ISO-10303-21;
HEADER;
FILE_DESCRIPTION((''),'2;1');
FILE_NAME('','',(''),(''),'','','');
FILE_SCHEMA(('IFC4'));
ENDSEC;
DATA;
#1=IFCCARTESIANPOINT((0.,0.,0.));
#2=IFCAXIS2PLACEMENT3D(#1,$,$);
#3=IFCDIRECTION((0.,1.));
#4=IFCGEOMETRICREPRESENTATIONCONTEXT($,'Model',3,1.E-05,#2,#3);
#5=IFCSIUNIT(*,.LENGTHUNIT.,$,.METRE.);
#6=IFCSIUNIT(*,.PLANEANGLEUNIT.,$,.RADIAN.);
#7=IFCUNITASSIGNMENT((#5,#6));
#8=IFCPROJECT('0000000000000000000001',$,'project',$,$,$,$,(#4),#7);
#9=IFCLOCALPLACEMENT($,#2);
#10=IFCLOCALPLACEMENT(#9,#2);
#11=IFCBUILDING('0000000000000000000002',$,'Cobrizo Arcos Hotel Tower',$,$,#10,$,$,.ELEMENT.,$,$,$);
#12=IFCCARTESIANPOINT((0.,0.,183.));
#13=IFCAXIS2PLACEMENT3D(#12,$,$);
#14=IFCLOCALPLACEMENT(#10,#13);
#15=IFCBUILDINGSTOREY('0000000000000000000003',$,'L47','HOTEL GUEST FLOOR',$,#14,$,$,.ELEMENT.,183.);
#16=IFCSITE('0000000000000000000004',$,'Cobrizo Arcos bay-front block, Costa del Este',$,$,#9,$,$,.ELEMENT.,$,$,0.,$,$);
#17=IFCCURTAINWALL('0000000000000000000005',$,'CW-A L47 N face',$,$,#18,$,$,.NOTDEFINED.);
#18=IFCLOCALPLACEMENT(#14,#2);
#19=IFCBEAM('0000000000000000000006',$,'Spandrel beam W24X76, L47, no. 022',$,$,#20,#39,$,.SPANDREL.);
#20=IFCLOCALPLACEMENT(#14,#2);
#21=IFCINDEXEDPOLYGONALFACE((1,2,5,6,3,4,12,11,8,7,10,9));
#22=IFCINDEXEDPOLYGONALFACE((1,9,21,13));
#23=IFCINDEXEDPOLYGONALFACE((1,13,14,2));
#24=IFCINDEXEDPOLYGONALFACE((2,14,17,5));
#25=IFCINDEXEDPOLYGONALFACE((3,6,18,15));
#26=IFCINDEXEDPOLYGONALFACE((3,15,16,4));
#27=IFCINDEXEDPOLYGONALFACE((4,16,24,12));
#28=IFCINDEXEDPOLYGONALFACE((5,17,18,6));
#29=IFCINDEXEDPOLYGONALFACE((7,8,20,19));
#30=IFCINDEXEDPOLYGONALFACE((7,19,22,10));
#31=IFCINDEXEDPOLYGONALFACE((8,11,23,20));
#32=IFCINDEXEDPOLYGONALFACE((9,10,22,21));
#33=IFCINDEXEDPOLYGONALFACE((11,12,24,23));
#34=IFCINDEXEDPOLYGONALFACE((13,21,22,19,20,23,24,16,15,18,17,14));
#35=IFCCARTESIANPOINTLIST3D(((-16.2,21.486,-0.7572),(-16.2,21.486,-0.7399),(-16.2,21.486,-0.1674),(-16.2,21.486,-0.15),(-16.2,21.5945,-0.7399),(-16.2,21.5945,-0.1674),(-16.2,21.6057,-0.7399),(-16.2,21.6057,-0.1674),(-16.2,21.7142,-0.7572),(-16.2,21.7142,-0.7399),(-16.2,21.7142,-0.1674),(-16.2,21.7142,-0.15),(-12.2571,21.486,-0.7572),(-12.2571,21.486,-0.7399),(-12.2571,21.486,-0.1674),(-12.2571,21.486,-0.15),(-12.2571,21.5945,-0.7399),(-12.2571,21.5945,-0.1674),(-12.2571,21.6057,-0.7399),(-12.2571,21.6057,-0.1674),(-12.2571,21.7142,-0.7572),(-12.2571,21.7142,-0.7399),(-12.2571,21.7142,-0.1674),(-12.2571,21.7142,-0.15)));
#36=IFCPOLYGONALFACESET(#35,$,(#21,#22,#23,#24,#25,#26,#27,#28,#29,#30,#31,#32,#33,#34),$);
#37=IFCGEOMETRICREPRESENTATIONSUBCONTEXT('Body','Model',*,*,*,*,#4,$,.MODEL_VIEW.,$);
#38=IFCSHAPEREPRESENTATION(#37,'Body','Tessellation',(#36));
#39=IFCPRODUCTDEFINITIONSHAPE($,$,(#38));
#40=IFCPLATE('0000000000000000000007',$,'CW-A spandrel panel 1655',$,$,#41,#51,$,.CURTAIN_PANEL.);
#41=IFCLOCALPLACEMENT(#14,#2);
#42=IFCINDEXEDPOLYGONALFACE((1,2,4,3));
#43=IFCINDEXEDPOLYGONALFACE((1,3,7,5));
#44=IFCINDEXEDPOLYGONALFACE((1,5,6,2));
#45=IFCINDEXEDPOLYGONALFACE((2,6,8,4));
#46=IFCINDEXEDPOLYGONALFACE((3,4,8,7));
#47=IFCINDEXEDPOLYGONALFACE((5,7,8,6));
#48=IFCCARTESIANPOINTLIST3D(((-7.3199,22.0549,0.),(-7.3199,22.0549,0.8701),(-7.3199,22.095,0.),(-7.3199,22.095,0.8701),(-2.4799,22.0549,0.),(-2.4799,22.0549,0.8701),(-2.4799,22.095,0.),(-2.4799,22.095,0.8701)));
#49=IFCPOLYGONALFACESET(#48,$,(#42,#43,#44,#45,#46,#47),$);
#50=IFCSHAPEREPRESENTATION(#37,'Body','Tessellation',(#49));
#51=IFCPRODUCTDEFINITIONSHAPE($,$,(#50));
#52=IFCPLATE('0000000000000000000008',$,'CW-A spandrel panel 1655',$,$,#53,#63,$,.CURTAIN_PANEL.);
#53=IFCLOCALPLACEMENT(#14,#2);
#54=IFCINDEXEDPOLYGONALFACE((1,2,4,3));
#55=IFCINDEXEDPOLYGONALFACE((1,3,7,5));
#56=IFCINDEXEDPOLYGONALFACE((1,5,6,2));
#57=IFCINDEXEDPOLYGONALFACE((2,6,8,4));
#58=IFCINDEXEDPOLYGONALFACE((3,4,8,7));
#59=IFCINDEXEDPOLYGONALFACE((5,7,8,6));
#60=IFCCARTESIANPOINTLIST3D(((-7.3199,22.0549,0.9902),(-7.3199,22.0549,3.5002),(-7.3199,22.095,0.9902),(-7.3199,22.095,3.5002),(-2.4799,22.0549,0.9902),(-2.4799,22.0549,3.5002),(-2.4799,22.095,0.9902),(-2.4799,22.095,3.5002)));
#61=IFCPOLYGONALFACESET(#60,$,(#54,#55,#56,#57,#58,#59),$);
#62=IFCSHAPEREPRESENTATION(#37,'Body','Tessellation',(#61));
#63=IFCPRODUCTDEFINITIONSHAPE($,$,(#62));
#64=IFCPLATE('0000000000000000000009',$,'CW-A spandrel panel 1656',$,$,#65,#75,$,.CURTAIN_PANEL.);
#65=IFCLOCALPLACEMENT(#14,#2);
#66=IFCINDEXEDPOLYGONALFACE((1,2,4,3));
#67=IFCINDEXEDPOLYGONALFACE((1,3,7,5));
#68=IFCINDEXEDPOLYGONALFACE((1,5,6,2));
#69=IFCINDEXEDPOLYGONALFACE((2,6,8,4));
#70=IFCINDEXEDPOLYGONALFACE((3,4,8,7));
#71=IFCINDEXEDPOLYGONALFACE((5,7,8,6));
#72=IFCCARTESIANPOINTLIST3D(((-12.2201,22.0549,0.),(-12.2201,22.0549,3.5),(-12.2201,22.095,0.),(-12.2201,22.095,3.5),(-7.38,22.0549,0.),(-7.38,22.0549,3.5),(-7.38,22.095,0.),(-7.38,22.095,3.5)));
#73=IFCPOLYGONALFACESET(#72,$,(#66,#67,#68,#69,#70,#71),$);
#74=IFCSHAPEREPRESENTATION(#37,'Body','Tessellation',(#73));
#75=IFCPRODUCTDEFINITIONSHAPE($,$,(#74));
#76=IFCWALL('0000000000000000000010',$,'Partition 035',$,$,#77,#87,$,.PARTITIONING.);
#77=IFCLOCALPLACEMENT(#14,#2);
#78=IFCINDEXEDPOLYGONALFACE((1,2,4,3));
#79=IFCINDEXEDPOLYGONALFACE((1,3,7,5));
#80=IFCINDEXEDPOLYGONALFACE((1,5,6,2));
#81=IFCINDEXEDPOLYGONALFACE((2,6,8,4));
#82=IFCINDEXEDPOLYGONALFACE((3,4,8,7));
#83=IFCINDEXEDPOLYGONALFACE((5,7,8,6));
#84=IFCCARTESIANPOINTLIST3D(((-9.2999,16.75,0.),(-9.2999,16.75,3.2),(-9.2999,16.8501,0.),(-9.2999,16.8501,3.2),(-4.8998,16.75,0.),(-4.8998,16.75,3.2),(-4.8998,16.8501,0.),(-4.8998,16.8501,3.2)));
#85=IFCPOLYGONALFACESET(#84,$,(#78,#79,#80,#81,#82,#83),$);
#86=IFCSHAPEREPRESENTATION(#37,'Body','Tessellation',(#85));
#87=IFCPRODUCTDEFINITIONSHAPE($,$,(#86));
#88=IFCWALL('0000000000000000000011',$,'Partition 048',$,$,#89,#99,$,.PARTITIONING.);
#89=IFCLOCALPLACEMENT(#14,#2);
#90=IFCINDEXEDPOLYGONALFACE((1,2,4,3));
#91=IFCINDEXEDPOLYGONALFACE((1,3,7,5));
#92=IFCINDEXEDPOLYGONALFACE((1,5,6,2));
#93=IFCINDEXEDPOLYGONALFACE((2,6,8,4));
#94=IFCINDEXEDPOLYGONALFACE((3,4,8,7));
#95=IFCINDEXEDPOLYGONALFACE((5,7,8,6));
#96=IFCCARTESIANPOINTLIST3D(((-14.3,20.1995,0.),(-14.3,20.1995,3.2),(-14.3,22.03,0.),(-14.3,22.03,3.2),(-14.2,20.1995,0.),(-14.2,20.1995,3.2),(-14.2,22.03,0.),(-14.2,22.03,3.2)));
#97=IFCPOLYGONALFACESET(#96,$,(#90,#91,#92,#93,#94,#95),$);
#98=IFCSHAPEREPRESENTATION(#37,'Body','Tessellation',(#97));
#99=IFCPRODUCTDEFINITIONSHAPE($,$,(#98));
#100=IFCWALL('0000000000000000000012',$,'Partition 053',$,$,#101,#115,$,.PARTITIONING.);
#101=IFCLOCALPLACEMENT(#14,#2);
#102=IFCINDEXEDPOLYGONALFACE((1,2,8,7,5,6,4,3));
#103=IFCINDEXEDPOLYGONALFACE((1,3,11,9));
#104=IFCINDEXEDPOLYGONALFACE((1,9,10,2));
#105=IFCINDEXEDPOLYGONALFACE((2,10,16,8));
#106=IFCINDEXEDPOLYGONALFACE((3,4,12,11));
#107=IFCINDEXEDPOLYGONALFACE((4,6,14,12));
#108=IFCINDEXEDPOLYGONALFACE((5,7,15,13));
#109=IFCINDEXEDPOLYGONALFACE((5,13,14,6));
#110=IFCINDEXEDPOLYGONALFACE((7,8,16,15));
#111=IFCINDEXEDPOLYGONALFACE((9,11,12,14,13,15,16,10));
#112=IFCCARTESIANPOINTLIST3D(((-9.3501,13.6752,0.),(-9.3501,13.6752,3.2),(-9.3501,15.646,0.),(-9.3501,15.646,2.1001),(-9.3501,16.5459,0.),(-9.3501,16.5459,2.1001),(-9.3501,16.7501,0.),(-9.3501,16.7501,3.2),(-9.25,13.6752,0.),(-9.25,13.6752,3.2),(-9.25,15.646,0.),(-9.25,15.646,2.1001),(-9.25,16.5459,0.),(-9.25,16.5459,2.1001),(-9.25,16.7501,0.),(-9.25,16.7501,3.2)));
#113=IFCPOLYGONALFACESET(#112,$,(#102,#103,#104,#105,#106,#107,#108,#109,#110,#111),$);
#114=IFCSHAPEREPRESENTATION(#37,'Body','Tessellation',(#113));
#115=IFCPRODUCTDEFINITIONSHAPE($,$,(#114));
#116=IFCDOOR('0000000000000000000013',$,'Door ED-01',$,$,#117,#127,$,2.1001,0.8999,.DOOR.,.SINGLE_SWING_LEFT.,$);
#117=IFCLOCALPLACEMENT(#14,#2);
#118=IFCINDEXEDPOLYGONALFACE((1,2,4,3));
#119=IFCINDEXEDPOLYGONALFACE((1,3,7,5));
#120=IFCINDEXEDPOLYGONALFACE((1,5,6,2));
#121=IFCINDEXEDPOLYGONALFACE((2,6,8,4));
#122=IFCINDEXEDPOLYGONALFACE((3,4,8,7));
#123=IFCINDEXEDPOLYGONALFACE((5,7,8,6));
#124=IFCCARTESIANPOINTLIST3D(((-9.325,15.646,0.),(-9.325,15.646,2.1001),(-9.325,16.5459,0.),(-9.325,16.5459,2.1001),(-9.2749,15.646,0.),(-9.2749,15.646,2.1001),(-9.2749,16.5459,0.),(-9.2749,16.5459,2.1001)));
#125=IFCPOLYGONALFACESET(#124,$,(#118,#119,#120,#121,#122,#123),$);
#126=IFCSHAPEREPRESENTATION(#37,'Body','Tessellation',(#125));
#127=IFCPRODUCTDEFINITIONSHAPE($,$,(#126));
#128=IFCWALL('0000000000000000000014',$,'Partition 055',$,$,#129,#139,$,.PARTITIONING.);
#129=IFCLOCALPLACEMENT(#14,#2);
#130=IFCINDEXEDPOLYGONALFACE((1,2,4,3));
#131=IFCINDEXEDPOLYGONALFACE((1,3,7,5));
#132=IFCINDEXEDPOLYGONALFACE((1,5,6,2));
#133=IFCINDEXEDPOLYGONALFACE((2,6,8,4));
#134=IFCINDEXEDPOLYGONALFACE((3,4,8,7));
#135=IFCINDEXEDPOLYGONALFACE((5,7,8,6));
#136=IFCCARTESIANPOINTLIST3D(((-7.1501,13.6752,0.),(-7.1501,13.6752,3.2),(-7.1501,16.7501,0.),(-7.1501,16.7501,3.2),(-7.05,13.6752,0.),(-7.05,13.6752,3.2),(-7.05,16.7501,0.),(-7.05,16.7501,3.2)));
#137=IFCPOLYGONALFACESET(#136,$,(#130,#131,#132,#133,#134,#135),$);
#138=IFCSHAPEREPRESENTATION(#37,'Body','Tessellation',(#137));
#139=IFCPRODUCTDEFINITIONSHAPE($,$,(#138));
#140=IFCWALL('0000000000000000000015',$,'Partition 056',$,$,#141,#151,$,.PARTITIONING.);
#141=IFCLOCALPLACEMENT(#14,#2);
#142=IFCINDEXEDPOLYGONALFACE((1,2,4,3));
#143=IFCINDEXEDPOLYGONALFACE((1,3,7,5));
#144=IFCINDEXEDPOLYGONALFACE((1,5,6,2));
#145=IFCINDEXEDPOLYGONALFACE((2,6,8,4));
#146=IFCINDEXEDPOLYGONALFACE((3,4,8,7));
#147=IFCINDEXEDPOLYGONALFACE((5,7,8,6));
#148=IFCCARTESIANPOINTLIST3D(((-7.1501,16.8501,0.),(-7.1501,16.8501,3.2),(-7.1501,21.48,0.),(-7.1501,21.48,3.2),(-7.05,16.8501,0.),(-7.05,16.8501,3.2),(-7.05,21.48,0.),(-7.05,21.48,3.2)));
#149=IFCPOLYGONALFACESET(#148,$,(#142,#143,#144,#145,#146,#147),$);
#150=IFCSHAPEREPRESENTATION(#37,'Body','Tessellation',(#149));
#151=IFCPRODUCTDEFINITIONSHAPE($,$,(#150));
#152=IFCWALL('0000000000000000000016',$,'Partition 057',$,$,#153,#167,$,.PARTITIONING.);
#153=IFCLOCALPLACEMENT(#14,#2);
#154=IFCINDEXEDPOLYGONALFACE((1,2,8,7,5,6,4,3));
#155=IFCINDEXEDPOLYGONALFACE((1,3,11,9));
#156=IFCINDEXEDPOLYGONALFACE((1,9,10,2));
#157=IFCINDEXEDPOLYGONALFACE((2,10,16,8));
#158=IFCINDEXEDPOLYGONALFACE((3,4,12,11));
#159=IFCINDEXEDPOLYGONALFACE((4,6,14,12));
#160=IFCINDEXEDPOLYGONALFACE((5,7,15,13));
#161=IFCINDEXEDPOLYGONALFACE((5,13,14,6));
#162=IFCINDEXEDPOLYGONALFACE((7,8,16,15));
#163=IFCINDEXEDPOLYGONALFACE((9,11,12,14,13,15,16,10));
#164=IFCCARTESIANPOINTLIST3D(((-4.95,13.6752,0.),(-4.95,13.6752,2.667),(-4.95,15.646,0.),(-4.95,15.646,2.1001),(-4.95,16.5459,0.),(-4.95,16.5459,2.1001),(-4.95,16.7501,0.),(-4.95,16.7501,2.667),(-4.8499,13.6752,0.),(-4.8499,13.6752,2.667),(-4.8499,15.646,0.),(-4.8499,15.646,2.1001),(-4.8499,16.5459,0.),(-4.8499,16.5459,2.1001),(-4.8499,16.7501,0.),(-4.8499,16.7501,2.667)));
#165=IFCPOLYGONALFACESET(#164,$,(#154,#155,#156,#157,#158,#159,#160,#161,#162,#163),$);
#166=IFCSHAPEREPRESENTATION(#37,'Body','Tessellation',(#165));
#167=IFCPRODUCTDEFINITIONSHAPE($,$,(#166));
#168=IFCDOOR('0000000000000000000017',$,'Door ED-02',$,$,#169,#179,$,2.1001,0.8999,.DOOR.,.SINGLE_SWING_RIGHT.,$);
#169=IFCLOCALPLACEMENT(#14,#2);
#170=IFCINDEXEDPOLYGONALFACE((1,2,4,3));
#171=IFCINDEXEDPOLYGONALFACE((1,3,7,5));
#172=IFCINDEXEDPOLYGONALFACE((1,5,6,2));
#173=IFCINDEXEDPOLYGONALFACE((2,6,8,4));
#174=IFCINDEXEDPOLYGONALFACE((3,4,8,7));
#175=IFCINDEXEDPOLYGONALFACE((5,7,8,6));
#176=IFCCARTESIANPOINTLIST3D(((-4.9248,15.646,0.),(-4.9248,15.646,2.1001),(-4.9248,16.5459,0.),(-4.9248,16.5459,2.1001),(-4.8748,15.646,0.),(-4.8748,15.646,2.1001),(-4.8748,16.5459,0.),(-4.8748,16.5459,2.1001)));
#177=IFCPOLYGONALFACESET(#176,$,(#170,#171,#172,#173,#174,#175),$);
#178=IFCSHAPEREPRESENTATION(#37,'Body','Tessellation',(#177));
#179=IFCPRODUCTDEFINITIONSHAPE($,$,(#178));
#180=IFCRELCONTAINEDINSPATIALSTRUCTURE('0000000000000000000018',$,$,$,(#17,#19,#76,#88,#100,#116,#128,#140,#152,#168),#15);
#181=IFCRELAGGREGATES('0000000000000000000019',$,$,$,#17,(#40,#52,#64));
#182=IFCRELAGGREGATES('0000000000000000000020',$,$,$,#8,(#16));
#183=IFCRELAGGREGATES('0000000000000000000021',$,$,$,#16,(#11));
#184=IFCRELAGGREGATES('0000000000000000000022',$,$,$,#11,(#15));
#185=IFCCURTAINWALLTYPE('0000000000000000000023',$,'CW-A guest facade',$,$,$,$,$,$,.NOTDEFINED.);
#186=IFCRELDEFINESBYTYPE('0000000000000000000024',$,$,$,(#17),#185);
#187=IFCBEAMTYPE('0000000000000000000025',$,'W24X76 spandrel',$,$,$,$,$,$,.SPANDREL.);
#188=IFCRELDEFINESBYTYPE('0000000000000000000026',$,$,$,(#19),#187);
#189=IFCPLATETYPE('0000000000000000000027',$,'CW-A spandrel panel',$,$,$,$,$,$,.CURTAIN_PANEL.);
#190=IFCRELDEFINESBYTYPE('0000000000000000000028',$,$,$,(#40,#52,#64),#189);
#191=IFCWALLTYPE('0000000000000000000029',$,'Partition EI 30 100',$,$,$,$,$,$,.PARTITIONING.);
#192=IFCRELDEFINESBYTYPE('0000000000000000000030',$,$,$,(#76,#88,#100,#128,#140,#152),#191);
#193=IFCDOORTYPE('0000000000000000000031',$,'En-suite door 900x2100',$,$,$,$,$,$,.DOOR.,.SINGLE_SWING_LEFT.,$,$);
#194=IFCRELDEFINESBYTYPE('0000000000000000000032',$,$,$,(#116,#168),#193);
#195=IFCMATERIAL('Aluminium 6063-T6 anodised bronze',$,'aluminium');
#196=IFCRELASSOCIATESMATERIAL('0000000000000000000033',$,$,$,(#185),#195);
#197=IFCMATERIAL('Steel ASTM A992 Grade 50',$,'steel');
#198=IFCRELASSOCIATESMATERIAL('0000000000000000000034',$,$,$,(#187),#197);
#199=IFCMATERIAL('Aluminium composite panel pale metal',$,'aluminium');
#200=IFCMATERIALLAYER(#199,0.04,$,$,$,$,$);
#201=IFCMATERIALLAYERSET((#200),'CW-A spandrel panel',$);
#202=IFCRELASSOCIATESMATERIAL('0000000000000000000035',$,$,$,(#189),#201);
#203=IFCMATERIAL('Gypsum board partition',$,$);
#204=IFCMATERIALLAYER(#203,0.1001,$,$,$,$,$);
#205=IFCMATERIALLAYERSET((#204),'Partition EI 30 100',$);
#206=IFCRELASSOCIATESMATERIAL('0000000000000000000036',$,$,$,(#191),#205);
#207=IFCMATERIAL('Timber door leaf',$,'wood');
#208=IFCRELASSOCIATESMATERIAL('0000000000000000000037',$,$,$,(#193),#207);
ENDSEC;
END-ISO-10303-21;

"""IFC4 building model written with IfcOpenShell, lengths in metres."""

from ifc_helpers import new_model, si_unit, direction, frame, frame_2d, origin, origin_2d, place, context, subcontext, project, spatial, rectangle, i_section, extrude, material, layer, layer_set, material_profile, profile_set, type_object, element, fill, aggregate, save


model = new_model("IFC4")

# Units and contexts
model_context = context("Model", 3, precision=1e-05, world=origin(), true_north=direction((0.0, 1.0)))
body_context = subcontext(model_context, "Body", "Model", "MODEL_VIEW")
ifc_project = project(units=[si_unit("LENGTHUNIT", "METRE"), si_unit("PLANEANGLEUNIT", "RADIAN")], contexts=[model_context])

# Site, building, storey
site_placement = place(None, origin())
site = spatial("IfcSite", under=ifc_project, at=site_placement, Name="Cobrizo Arcos bay-front block, Costa del Este", CompositionType="ELEMENT", RefElevation=0.0)
building_placement = place(site_placement, origin())
building = spatial("IfcBuilding", under=site, at=building_placement, Name="Cobrizo Arcos Hotel Tower", CompositionType="ELEMENT")
storey_placement = place(building_placement, frame((0.0, 0.0, 183.0)))
storey = spatial("IfcBuildingStorey", under=building, at=storey_placement, Name="L47", Description="HOTEL GUEST FLOOR", CompositionType="ELEMENT", Elevation=183.0)

# Curtain wall
ifc_material_1 = material(Name="Aluminium 6063-T6 anodised bronze", Category="aluminium")
curtain_wall_type = type_object("IfcCurtainWallType", Name="CW-A guest facade", PredefinedType="NOTDEFINED", material=ifc_material_1)
curtain_wall_placement = place(storey_placement, origin())
curtain_wall = element("IfcCurtainWall", 1, at=curtain_wall_placement, inside=storey, type_object=curtain_wall_type, Name="CW-A L47 N face", PredefinedType="NOTDEFINED")

# Beam
ifc_material_2 = material(Name="Steel ASTM A992 Grade 50", Category="steel")
ifc_material_profile_1 = material_profile(ifc_material_2, i_section(OverallWidth=0.2283, OverallDepth=0.6072, WebThickness=0.0112, FlangeThickness=0.0173, at=origin_2d()), Name="W24X76")
ifc_profile_set_1 = profile_set([ifc_material_profile_1], Name="Steel ASTM A992 Grade 50")
beam_type_1 = type_object("IfcBeamType", Name="W24X76 spandrel", PredefinedType="SPANDREL", material=ifc_profile_set_1)
beam_1_placement = place(storey_placement, frame((-12.2571, 21.6001, -0.4536), z_axis=(-1.0, 0.0, 0.0), x_axis=(0.0, -1.0, 0.0)))
element("IfcBeam", 2, at=beam_1_placement, inside=storey, type_object=beam_type_1, Name="Spandrel beam W24X76, L47, no. 022", PredefinedType="SPANDREL", context=body_context, shape_type="SweptSolid", body=[
    extrude(i_section(OverallWidth=0.2283, OverallDepth=0.6072, WebThickness=0.0112, FlangeThickness=0.0173, at=origin_2d()), origin(), (0.0, 0.0, 1.0), 3.9429),
])

# Plates
ifc_material_3 = material(Name="Aluminium composite panel pale metal", Category="aluminium")
ifc_layer_1 = layer(ifc_material_3, 0.04)
ifc_layer_set_1 = layer_set([ifc_layer_1], Name="CW-A spandrel panel")
plate_type = type_object("IfcPlateType", Name="CW-A spandrel panel", PredefinedType="CURTAIN_PANEL", material=ifc_layer_set_1)
plate_1_placement = place(storey_placement, frame((-4.8999, 22.075, 0.0), z_axis=(0.0, 0.0, 1.0), x_axis=(-1.0, 0.0, 0.0)))
plate_1 = element("IfcPlate", 3, at=plate_1_placement, type_object=plate_type, Name="CW-A spandrel panel 1655", PredefinedType="CURTAIN_PANEL", context=body_context, shape_type="SweptSolid", body=[
    extrude(rectangle(XDim=4.8401, YDim=0.04, at=origin_2d()), origin(), (0.0, 0.0, 1.0), 0.8701),
])
plate_2_placement = place(storey_placement, frame((-4.8999, 22.075, 0.9902), z_axis=(0.0, 0.0, 1.0), x_axis=(-1.0, 0.0, 0.0)))
plate_2 = element("IfcPlate", 4, at=plate_2_placement, type_object=plate_type, Name="CW-A spandrel panel 1655", PredefinedType="CURTAIN_PANEL", context=body_context, shape_type="SweptSolid", body=[
    extrude(rectangle(XDim=4.8401, YDim=0.04, at=origin_2d()), origin(), (0.0, 0.0, 1.0), 2.51),
])
plate_3_placement = place(storey_placement, frame((-9.8, 22.075, 0.0), z_axis=(0.0, 0.0, 1.0), x_axis=(-1.0, 0.0, 0.0)))
plate_3 = element("IfcPlate", 5, at=plate_3_placement, type_object=plate_type, Name="CW-A spandrel panel 1656", PredefinedType="CURTAIN_PANEL", context=body_context, shape_type="SweptSolid", body=[
    extrude(rectangle(XDim=4.8401, YDim=0.04, at=origin_2d()), origin(), (0.0, 0.0, 1.0), 3.5),
])
aggregate(curtain_wall, [plate_1, plate_2, plate_3])

# Walls
ifc_material_4 = material(Name="Gypsum board partition")
ifc_layer_2 = layer(ifc_material_4, 0.1001)
ifc_layer_set_2 = layer_set([ifc_layer_2], Name="Partition EI 30 100")
wall_type = type_object("IfcWallType", Name="Partition EI 30 100", PredefinedType="PARTITIONING", material=ifc_layer_set_2)
wall_1_placement = place(storey_placement, frame((-9.3, 16.8, 0.0), z_axis=(0.0, 0.0, 1.0), x_axis=(1.0, 0.0, 0.0)))
element("IfcWall", 6, at=wall_1_placement, inside=storey, type_object=wall_type, Name="Partition 035", PredefinedType="PARTITIONING", context=body_context, shape_type="SweptSolid", body=[
    extrude(rectangle(XDim=4.4001, YDim=0.1001, at=frame_2d((2.2002, 0.0))), origin(), (0.0, 0.0, 1.0), 3.2),
])
wall_2_placement = place(storey_placement, frame((-14.25, 20.1995, 0.0), z_axis=(0.0, 0.0, 1.0), x_axis=(0.0, 1.0, 0.0)))
element("IfcWall", 7, at=wall_2_placement, inside=storey, type_object=wall_type, Name="Partition 048", PredefinedType="PARTITIONING", context=body_context, shape_type="SweptSolid", body=[
    extrude(rectangle(XDim=1.8306, YDim=0.1001, at=frame_2d((0.9153, 0.0))), origin(), (0.0, 0.0, 1.0), 3.2),
])

# Wall, opening, door
wall_3_placement = place(storey_placement, frame((-9.3, 13.675, 0.0), z_axis=(0.0, 0.0, 1.0), x_axis=(0.0, 1.0, 0.0)))
wall_3 = element("IfcWall", 8, at=wall_3_placement, inside=storey, type_object=wall_type, Name="Partition 053", PredefinedType="PARTITIONING", context=body_context, shape_type="SweptSolid", body=[
    extrude(rectangle(XDim=3.075, YDim=0.1001, at=frame_2d((1.5376, 0.0))), origin(), (0.0, 0.0, 1.0), 3.2),
])
opening_1_placement = place(wall_3_placement, frame((1.9709, 0.0, 0.0)))
opening_1 = element("IfcOpeningElement", 9, at=opening_1_placement, cuts=wall_3, PredefinedType="OPENING", context=body_context, shape_type="SweptSolid", body=[
    extrude(rectangle(XDim=0.8999, YDim=2.1001, at=frame_2d((0.45, 1.05))), frame((0.0, 0.062, 0.0), z_axis=(0.0, -1.0, 0.0), x_axis=(1.0, 0.0, 0.0)), (0.0, 0.0, 1.0), 0.124),
])
ifc_material_5 = material(Name="Timber door leaf", Category="wood")
door_type = type_object("IfcDoorType", Name="En-suite door 900x2100", OperationType="SINGLE_SWING_LEFT", PredefinedType="DOOR", material=ifc_material_5)
door_1_placement = place(opening_1_placement, origin())
door_1 = element("IfcDoor", 10, at=door_1_placement, inside=storey, type_object=door_type, Name="Door ED-01", OperationType="SINGLE_SWING_LEFT", OverallHeight=2.1001, OverallWidth=0.8999, PredefinedType="DOOR", context=body_context, shape_type="SweptSolid", body=[
    extrude(rectangle(XDim=0.8999, YDim=2.1001, at=frame_2d((0.45, 1.05))), frame((0.0, 0.0249, 0.0), z_axis=(0.0, -1.0, 0.0), x_axis=(1.0, 0.0, 0.0)), (0.0, 0.0, 1.0), 0.05),
])
fill(opening_1, door_1)

# Walls
wall_4_placement = place(storey_placement, frame((-7.1001, 13.675, 0.0), z_axis=(0.0, 0.0, 1.0), x_axis=(0.0, 1.0, 0.0)))
element("IfcWall", 11, at=wall_4_placement, inside=storey, type_object=wall_type, Name="Partition 055", PredefinedType="PARTITIONING", context=body_context, shape_type="SweptSolid", body=[
    extrude(rectangle(XDim=3.075, YDim=0.1001, at=frame_2d((1.5376, 0.0))), origin(), (0.0, 0.0, 1.0), 3.2),
])
wall_5_placement = place(storey_placement, frame((-7.1001, 16.8501, 0.0), z_axis=(0.0, 0.0, 1.0), x_axis=(0.0, 1.0, 0.0)))
element("IfcWall", 12, at=wall_5_placement, inside=storey, type_object=wall_type, Name="Partition 056", PredefinedType="PARTITIONING", context=body_context, shape_type="SweptSolid", body=[
    extrude(rectangle(XDim=4.6299, YDim=0.1001, at=frame_2d((2.3149, 0.0))), origin(), (0.0, 0.0, 1.0), 3.2),
])

# Wall, opening, door
wall_6_placement = place(storey_placement, frame((-4.8999, 13.675, 0.0), z_axis=(0.0, 0.0, 1.0), x_axis=(0.0, 1.0, 0.0)))
wall_6 = element("IfcWall", 13, at=wall_6_placement, inside=storey, type_object=wall_type, Name="Partition 057", PredefinedType="PARTITIONING", context=body_context, shape_type="SweptSolid", body=[
    extrude(rectangle(XDim=3.075, YDim=0.1001, at=frame_2d((1.5376, 0.0))), origin(), (0.0, 0.0, 1.0), 2.667),
])
opening_2_placement = place(wall_6_placement, frame((1.9709, 0.0, 0.0)))
opening_2 = element("IfcOpeningElement", 14, at=opening_2_placement, cuts=wall_6, PredefinedType="OPENING", context=body_context, shape_type="SweptSolid", body=[
    extrude(rectangle(XDim=0.8999, YDim=2.1001, at=frame_2d((0.45, 1.05))), frame((0.0, 0.062, 0.0), z_axis=(0.0, -1.0, 0.0), x_axis=(1.0, 0.0, 0.0)), (0.0, 0.0, 1.0), 0.124),
])
door_2_placement = place(opening_2_placement, origin())
door_2 = element("IfcDoor", 15, at=door_2_placement, inside=storey, type_object=door_type, Name="Door ED-02", OperationType="SINGLE_SWING_RIGHT", OverallHeight=2.1001, OverallWidth=0.8999, PredefinedType="DOOR", context=body_context, shape_type="SweptSolid", body=[
    extrude(rectangle(XDim=0.8999, YDim=2.1001, at=frame_2d((0.45, 1.05))), frame((0.0, 0.0249, 0.0), z_axis=(0.0, -1.0, 0.0), x_axis=(1.0, 0.0, 0.0)), (0.0, 0.0, 1.0), 0.05),
])
fill(opening_2, door_2)

save(model, "model.ifc")
